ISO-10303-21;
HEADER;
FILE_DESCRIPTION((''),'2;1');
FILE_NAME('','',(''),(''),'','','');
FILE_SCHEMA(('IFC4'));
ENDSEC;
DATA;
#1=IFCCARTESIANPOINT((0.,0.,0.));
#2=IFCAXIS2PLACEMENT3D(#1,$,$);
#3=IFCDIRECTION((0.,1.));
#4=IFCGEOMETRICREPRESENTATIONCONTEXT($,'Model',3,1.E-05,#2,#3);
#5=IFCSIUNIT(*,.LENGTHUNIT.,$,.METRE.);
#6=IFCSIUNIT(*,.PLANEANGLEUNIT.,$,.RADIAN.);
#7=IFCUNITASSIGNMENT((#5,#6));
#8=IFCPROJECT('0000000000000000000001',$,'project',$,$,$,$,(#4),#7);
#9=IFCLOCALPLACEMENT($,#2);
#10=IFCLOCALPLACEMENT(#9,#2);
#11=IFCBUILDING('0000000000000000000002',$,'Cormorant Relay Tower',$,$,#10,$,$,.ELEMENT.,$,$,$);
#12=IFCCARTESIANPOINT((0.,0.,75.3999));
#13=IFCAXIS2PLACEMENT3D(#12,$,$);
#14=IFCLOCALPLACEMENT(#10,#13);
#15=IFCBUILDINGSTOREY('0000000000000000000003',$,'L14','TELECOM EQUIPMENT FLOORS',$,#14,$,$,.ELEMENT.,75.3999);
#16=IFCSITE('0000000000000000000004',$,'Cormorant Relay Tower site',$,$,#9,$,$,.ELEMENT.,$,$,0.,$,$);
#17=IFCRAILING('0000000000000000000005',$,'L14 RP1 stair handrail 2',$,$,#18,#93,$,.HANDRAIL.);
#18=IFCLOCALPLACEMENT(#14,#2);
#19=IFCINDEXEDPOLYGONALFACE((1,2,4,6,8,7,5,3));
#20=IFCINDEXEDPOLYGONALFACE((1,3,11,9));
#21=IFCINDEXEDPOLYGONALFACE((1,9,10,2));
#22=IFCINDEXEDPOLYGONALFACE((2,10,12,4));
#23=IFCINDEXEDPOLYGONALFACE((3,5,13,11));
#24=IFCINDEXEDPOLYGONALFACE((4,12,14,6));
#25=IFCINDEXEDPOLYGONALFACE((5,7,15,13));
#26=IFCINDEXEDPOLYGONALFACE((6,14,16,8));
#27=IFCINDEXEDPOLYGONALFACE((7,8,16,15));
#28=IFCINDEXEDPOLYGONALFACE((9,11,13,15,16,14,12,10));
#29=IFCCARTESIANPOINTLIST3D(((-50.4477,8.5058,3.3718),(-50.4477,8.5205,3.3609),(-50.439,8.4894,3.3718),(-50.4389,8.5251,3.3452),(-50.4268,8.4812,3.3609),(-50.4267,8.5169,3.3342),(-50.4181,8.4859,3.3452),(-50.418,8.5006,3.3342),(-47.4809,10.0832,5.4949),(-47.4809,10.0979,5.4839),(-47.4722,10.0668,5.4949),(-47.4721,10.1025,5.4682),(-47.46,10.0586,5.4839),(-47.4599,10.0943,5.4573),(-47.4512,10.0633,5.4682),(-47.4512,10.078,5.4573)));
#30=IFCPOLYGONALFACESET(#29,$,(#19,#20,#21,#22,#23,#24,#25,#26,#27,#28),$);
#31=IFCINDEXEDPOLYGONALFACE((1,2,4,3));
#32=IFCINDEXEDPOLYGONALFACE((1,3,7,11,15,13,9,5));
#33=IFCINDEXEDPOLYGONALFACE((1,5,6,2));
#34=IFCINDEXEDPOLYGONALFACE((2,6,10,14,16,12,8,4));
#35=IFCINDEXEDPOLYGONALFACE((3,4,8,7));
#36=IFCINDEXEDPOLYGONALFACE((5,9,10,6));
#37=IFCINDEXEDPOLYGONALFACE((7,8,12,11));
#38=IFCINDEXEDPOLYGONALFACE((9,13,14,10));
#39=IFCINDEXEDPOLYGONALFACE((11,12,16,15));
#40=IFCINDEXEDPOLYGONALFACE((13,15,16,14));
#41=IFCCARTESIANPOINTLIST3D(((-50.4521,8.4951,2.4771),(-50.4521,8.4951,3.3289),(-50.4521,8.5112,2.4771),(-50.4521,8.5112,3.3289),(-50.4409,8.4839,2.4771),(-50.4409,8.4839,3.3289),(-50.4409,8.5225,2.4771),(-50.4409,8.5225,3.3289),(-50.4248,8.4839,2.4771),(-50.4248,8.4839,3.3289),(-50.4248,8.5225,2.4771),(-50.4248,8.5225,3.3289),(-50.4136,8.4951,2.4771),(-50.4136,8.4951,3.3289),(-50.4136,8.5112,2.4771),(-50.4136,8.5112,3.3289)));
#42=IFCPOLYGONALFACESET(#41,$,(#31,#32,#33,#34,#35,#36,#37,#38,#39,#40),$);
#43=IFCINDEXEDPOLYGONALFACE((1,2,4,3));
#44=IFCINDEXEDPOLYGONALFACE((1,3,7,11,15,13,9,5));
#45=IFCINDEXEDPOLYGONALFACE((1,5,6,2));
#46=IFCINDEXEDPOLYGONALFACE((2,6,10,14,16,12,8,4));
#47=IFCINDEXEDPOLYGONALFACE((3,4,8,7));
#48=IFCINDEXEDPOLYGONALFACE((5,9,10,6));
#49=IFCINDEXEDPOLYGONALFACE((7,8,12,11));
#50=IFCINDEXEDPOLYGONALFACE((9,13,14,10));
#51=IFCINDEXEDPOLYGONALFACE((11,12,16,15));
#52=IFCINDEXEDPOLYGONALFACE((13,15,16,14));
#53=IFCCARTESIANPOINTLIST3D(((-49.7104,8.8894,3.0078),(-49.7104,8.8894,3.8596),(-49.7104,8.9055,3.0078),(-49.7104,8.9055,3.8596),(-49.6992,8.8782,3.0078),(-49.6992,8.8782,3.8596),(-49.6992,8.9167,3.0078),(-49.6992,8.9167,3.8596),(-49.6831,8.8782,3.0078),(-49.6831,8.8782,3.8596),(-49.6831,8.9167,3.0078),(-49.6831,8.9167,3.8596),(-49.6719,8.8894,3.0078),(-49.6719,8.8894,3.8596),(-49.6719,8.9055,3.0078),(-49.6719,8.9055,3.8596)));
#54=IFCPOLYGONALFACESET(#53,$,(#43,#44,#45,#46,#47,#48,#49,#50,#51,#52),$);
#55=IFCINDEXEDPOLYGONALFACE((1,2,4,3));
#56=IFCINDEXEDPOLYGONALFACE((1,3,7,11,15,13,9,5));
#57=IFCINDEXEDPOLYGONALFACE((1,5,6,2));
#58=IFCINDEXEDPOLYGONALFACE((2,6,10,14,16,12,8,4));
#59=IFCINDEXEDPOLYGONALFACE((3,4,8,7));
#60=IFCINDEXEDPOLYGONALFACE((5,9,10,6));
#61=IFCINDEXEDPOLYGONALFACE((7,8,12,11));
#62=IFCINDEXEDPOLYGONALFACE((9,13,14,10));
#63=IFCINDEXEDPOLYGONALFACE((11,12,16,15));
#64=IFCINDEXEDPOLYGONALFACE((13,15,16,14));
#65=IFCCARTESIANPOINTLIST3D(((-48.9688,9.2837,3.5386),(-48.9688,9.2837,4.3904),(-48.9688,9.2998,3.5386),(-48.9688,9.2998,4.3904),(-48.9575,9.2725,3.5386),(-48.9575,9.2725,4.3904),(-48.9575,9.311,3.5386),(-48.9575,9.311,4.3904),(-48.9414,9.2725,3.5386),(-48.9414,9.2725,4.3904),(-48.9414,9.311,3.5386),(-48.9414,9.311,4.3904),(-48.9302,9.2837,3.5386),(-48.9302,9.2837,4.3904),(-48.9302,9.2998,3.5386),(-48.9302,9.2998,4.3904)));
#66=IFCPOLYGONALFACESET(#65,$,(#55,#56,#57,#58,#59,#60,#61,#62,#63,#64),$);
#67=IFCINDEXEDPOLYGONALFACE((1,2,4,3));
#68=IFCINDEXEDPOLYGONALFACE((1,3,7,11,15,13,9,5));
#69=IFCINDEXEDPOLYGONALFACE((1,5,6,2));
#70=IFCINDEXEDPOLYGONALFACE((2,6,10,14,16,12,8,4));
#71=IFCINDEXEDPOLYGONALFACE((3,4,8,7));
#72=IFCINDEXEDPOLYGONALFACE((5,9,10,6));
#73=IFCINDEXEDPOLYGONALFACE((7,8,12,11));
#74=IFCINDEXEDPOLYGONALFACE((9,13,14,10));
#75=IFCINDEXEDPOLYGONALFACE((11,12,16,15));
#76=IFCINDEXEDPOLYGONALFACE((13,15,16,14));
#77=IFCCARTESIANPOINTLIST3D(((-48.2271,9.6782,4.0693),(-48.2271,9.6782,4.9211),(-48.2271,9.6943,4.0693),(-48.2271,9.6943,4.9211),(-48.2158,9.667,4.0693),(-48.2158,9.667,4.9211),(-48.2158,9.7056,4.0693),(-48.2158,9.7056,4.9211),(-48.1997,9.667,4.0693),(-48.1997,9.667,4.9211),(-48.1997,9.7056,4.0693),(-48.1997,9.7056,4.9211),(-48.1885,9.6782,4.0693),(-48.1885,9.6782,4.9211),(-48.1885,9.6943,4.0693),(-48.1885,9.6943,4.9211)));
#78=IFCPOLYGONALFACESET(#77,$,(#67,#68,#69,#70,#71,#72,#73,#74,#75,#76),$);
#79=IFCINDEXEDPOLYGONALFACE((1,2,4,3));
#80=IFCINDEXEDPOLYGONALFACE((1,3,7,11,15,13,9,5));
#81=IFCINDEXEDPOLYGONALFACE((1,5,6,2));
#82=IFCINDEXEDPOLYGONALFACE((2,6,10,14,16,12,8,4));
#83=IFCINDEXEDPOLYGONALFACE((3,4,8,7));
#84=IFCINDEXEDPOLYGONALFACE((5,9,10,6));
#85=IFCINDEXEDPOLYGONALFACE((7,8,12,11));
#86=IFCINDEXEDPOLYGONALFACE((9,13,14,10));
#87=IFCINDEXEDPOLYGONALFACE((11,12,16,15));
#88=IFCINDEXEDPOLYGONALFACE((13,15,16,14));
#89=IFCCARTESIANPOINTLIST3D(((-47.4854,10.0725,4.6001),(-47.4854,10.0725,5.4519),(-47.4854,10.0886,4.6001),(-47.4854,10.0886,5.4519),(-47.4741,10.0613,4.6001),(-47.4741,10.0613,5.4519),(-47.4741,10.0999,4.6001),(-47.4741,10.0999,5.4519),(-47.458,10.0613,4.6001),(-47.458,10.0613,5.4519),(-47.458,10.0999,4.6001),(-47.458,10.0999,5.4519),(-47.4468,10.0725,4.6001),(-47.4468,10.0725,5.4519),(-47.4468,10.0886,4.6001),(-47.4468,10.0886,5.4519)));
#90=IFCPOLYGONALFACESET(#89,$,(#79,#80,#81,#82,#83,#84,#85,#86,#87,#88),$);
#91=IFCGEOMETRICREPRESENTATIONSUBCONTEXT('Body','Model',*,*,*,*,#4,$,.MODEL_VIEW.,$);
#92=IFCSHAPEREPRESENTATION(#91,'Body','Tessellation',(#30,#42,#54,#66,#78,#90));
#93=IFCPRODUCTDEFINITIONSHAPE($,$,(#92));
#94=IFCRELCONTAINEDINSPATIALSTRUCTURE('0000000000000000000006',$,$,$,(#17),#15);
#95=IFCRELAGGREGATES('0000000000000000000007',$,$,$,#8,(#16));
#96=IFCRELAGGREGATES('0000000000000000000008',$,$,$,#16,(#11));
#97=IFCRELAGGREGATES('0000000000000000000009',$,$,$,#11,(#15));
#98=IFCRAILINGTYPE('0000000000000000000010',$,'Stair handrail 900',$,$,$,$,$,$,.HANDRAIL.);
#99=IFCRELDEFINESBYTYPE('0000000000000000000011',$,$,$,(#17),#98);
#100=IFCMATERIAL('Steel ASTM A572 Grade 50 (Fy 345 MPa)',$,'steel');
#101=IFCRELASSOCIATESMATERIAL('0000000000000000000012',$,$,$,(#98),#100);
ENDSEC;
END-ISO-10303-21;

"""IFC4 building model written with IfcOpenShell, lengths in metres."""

from ifc_helpers import new_model, si_unit, direction, frame, origin, place, context, subcontext, project, spatial, polyline, outline, extrude, material, type_object, element, save


model = new_model("IFC4")

# Units and contexts
model_context = context("Model", 3, precision=1e-05, world=origin(), true_north=direction((0.0, 1.0)))
body_context = subcontext(model_context, "Body", "Model", "MODEL_VIEW")
ifc_project = project(units=[si_unit("LENGTHUNIT", "METRE"), si_unit("PLANEANGLEUNIT", "RADIAN")], contexts=[model_context])

# Site, building, storey
site_placement = place(None, origin())
site = spatial("IfcSite", under=ifc_project, at=site_placement, Name="Cormorant Relay Tower site", CompositionType="ELEMENT", RefElevation=0.0)
building_placement = place(site_placement, origin())
building = spatial("IfcBuilding", under=site, at=building_placement, Name="Cormorant Relay Tower", CompositionType="ELEMENT")
storey_placement = place(building_placement, frame((0.0, 0.0, 75.3999)))
storey = spatial("IfcBuildingStorey", under=building, at=storey_placement, Name="L14", Description="TELECOM EQUIPMENT FLOORS", CompositionType="ELEMENT", Elevation=75.3999)

# Railing
ifc_material_1 = material(Name="Steel ASTM A572 Grade 50 (Fy 345 MPa)", Category="steel")
railing_type_1 = type_object("IfcRailingType", Name="Stair handrail 900", PredefinedType="HANDRAIL", material=ifc_material_1)
railing_1_placement = place(storey_placement, frame((-50.4329, 8.5032, 2.4771)))
element("IfcRailing", 1, at=railing_1_placement, inside=storey, type_object=railing_type_1, Name="L14 RP1 stair handrail 2", PredefinedType="HANDRAIL", context=body_context, shape_type="SweptSolid", body=[
    extrude(outline(polyline([(0.0222, 0.0093), (0.0093, 0.0222), (-0.0093, 0.0222), (-0.0222, 0.0093), (-0.0222, -0.0093), (-0.0093, -0.0222), (0.0093, -0.0222), (0.0222, -0.0093), (0.0222, 0.0093)])), frame((0.0, 0.0, 0.876), z_axis=(0.746441, 0.396869, 0.534155), x_axis=(-0.469453, 0.882958, 0.0)), (0.0, 0.0, 1.0), 3.9746),
    extrude(outline(polyline([(0.0193, 0.0081), (0.0081, 0.0193), (-0.0081, 0.0193), (-0.0193, 0.0081), (-0.0193, -0.0081), (-0.0081, -0.0193), (0.0081, -0.0193), (0.0193, -0.0081), (0.0193, 0.0081)])), origin(), (0.0, 0.0, 1.0), 0.8518),
    extrude(outline(polyline([(0.0193, 0.0081), (0.0081, 0.0193), (-0.0081, 0.0193), (-0.0193, 0.0081), (-0.0193, -0.0081), (-0.0081, -0.0193), (0.0081, -0.0193), (0.0193, -0.0081), (0.0193, 0.0081)])), frame((0.7417, 0.3943, 0.5308)), (0.0, 0.0, 1.0), 0.8518),
    extrude(outline(polyline([(0.0193, 0.0081), (0.0081, 0.0193), (-0.0081, 0.0193), (-0.0193, 0.0081), (-0.0193, -0.0081), (-0.0081, -0.0193), (0.0081, -0.0193), (0.0193, -0.0081), (0.0193, 0.0081)])), frame((1.4834, 0.7886, 1.0615)), (0.0, 0.0, 1.0), 0.8518),
    extrude(outline(polyline([(0.0193, 0.0081), (0.0081, 0.0193), (-0.0081, 0.0193), (-0.0193, 0.0081), (-0.0193, -0.0081), (-0.0081, -0.0193), (0.0081, -0.0193), (0.0193, -0.0081), (0.0193, 0.0081)])), frame((2.2251, 1.1831, 1.5923)), (0.0, 0.0, 1.0), 0.8518),
    extrude(outline(polyline([(0.0193, 0.0081), (0.0081, 0.0193), (-0.0081, 0.0193), (-0.0193, 0.0081), (-0.0193, -0.0081), (-0.0081, -0.0193), (0.0081, -0.0193), (0.0193, -0.0081), (0.0193, 0.0081)])), frame((2.9668, 1.5774, 2.123)), (0.0, 0.0, 1.0), 0.8518),
])

save(model, "model.ifc")
